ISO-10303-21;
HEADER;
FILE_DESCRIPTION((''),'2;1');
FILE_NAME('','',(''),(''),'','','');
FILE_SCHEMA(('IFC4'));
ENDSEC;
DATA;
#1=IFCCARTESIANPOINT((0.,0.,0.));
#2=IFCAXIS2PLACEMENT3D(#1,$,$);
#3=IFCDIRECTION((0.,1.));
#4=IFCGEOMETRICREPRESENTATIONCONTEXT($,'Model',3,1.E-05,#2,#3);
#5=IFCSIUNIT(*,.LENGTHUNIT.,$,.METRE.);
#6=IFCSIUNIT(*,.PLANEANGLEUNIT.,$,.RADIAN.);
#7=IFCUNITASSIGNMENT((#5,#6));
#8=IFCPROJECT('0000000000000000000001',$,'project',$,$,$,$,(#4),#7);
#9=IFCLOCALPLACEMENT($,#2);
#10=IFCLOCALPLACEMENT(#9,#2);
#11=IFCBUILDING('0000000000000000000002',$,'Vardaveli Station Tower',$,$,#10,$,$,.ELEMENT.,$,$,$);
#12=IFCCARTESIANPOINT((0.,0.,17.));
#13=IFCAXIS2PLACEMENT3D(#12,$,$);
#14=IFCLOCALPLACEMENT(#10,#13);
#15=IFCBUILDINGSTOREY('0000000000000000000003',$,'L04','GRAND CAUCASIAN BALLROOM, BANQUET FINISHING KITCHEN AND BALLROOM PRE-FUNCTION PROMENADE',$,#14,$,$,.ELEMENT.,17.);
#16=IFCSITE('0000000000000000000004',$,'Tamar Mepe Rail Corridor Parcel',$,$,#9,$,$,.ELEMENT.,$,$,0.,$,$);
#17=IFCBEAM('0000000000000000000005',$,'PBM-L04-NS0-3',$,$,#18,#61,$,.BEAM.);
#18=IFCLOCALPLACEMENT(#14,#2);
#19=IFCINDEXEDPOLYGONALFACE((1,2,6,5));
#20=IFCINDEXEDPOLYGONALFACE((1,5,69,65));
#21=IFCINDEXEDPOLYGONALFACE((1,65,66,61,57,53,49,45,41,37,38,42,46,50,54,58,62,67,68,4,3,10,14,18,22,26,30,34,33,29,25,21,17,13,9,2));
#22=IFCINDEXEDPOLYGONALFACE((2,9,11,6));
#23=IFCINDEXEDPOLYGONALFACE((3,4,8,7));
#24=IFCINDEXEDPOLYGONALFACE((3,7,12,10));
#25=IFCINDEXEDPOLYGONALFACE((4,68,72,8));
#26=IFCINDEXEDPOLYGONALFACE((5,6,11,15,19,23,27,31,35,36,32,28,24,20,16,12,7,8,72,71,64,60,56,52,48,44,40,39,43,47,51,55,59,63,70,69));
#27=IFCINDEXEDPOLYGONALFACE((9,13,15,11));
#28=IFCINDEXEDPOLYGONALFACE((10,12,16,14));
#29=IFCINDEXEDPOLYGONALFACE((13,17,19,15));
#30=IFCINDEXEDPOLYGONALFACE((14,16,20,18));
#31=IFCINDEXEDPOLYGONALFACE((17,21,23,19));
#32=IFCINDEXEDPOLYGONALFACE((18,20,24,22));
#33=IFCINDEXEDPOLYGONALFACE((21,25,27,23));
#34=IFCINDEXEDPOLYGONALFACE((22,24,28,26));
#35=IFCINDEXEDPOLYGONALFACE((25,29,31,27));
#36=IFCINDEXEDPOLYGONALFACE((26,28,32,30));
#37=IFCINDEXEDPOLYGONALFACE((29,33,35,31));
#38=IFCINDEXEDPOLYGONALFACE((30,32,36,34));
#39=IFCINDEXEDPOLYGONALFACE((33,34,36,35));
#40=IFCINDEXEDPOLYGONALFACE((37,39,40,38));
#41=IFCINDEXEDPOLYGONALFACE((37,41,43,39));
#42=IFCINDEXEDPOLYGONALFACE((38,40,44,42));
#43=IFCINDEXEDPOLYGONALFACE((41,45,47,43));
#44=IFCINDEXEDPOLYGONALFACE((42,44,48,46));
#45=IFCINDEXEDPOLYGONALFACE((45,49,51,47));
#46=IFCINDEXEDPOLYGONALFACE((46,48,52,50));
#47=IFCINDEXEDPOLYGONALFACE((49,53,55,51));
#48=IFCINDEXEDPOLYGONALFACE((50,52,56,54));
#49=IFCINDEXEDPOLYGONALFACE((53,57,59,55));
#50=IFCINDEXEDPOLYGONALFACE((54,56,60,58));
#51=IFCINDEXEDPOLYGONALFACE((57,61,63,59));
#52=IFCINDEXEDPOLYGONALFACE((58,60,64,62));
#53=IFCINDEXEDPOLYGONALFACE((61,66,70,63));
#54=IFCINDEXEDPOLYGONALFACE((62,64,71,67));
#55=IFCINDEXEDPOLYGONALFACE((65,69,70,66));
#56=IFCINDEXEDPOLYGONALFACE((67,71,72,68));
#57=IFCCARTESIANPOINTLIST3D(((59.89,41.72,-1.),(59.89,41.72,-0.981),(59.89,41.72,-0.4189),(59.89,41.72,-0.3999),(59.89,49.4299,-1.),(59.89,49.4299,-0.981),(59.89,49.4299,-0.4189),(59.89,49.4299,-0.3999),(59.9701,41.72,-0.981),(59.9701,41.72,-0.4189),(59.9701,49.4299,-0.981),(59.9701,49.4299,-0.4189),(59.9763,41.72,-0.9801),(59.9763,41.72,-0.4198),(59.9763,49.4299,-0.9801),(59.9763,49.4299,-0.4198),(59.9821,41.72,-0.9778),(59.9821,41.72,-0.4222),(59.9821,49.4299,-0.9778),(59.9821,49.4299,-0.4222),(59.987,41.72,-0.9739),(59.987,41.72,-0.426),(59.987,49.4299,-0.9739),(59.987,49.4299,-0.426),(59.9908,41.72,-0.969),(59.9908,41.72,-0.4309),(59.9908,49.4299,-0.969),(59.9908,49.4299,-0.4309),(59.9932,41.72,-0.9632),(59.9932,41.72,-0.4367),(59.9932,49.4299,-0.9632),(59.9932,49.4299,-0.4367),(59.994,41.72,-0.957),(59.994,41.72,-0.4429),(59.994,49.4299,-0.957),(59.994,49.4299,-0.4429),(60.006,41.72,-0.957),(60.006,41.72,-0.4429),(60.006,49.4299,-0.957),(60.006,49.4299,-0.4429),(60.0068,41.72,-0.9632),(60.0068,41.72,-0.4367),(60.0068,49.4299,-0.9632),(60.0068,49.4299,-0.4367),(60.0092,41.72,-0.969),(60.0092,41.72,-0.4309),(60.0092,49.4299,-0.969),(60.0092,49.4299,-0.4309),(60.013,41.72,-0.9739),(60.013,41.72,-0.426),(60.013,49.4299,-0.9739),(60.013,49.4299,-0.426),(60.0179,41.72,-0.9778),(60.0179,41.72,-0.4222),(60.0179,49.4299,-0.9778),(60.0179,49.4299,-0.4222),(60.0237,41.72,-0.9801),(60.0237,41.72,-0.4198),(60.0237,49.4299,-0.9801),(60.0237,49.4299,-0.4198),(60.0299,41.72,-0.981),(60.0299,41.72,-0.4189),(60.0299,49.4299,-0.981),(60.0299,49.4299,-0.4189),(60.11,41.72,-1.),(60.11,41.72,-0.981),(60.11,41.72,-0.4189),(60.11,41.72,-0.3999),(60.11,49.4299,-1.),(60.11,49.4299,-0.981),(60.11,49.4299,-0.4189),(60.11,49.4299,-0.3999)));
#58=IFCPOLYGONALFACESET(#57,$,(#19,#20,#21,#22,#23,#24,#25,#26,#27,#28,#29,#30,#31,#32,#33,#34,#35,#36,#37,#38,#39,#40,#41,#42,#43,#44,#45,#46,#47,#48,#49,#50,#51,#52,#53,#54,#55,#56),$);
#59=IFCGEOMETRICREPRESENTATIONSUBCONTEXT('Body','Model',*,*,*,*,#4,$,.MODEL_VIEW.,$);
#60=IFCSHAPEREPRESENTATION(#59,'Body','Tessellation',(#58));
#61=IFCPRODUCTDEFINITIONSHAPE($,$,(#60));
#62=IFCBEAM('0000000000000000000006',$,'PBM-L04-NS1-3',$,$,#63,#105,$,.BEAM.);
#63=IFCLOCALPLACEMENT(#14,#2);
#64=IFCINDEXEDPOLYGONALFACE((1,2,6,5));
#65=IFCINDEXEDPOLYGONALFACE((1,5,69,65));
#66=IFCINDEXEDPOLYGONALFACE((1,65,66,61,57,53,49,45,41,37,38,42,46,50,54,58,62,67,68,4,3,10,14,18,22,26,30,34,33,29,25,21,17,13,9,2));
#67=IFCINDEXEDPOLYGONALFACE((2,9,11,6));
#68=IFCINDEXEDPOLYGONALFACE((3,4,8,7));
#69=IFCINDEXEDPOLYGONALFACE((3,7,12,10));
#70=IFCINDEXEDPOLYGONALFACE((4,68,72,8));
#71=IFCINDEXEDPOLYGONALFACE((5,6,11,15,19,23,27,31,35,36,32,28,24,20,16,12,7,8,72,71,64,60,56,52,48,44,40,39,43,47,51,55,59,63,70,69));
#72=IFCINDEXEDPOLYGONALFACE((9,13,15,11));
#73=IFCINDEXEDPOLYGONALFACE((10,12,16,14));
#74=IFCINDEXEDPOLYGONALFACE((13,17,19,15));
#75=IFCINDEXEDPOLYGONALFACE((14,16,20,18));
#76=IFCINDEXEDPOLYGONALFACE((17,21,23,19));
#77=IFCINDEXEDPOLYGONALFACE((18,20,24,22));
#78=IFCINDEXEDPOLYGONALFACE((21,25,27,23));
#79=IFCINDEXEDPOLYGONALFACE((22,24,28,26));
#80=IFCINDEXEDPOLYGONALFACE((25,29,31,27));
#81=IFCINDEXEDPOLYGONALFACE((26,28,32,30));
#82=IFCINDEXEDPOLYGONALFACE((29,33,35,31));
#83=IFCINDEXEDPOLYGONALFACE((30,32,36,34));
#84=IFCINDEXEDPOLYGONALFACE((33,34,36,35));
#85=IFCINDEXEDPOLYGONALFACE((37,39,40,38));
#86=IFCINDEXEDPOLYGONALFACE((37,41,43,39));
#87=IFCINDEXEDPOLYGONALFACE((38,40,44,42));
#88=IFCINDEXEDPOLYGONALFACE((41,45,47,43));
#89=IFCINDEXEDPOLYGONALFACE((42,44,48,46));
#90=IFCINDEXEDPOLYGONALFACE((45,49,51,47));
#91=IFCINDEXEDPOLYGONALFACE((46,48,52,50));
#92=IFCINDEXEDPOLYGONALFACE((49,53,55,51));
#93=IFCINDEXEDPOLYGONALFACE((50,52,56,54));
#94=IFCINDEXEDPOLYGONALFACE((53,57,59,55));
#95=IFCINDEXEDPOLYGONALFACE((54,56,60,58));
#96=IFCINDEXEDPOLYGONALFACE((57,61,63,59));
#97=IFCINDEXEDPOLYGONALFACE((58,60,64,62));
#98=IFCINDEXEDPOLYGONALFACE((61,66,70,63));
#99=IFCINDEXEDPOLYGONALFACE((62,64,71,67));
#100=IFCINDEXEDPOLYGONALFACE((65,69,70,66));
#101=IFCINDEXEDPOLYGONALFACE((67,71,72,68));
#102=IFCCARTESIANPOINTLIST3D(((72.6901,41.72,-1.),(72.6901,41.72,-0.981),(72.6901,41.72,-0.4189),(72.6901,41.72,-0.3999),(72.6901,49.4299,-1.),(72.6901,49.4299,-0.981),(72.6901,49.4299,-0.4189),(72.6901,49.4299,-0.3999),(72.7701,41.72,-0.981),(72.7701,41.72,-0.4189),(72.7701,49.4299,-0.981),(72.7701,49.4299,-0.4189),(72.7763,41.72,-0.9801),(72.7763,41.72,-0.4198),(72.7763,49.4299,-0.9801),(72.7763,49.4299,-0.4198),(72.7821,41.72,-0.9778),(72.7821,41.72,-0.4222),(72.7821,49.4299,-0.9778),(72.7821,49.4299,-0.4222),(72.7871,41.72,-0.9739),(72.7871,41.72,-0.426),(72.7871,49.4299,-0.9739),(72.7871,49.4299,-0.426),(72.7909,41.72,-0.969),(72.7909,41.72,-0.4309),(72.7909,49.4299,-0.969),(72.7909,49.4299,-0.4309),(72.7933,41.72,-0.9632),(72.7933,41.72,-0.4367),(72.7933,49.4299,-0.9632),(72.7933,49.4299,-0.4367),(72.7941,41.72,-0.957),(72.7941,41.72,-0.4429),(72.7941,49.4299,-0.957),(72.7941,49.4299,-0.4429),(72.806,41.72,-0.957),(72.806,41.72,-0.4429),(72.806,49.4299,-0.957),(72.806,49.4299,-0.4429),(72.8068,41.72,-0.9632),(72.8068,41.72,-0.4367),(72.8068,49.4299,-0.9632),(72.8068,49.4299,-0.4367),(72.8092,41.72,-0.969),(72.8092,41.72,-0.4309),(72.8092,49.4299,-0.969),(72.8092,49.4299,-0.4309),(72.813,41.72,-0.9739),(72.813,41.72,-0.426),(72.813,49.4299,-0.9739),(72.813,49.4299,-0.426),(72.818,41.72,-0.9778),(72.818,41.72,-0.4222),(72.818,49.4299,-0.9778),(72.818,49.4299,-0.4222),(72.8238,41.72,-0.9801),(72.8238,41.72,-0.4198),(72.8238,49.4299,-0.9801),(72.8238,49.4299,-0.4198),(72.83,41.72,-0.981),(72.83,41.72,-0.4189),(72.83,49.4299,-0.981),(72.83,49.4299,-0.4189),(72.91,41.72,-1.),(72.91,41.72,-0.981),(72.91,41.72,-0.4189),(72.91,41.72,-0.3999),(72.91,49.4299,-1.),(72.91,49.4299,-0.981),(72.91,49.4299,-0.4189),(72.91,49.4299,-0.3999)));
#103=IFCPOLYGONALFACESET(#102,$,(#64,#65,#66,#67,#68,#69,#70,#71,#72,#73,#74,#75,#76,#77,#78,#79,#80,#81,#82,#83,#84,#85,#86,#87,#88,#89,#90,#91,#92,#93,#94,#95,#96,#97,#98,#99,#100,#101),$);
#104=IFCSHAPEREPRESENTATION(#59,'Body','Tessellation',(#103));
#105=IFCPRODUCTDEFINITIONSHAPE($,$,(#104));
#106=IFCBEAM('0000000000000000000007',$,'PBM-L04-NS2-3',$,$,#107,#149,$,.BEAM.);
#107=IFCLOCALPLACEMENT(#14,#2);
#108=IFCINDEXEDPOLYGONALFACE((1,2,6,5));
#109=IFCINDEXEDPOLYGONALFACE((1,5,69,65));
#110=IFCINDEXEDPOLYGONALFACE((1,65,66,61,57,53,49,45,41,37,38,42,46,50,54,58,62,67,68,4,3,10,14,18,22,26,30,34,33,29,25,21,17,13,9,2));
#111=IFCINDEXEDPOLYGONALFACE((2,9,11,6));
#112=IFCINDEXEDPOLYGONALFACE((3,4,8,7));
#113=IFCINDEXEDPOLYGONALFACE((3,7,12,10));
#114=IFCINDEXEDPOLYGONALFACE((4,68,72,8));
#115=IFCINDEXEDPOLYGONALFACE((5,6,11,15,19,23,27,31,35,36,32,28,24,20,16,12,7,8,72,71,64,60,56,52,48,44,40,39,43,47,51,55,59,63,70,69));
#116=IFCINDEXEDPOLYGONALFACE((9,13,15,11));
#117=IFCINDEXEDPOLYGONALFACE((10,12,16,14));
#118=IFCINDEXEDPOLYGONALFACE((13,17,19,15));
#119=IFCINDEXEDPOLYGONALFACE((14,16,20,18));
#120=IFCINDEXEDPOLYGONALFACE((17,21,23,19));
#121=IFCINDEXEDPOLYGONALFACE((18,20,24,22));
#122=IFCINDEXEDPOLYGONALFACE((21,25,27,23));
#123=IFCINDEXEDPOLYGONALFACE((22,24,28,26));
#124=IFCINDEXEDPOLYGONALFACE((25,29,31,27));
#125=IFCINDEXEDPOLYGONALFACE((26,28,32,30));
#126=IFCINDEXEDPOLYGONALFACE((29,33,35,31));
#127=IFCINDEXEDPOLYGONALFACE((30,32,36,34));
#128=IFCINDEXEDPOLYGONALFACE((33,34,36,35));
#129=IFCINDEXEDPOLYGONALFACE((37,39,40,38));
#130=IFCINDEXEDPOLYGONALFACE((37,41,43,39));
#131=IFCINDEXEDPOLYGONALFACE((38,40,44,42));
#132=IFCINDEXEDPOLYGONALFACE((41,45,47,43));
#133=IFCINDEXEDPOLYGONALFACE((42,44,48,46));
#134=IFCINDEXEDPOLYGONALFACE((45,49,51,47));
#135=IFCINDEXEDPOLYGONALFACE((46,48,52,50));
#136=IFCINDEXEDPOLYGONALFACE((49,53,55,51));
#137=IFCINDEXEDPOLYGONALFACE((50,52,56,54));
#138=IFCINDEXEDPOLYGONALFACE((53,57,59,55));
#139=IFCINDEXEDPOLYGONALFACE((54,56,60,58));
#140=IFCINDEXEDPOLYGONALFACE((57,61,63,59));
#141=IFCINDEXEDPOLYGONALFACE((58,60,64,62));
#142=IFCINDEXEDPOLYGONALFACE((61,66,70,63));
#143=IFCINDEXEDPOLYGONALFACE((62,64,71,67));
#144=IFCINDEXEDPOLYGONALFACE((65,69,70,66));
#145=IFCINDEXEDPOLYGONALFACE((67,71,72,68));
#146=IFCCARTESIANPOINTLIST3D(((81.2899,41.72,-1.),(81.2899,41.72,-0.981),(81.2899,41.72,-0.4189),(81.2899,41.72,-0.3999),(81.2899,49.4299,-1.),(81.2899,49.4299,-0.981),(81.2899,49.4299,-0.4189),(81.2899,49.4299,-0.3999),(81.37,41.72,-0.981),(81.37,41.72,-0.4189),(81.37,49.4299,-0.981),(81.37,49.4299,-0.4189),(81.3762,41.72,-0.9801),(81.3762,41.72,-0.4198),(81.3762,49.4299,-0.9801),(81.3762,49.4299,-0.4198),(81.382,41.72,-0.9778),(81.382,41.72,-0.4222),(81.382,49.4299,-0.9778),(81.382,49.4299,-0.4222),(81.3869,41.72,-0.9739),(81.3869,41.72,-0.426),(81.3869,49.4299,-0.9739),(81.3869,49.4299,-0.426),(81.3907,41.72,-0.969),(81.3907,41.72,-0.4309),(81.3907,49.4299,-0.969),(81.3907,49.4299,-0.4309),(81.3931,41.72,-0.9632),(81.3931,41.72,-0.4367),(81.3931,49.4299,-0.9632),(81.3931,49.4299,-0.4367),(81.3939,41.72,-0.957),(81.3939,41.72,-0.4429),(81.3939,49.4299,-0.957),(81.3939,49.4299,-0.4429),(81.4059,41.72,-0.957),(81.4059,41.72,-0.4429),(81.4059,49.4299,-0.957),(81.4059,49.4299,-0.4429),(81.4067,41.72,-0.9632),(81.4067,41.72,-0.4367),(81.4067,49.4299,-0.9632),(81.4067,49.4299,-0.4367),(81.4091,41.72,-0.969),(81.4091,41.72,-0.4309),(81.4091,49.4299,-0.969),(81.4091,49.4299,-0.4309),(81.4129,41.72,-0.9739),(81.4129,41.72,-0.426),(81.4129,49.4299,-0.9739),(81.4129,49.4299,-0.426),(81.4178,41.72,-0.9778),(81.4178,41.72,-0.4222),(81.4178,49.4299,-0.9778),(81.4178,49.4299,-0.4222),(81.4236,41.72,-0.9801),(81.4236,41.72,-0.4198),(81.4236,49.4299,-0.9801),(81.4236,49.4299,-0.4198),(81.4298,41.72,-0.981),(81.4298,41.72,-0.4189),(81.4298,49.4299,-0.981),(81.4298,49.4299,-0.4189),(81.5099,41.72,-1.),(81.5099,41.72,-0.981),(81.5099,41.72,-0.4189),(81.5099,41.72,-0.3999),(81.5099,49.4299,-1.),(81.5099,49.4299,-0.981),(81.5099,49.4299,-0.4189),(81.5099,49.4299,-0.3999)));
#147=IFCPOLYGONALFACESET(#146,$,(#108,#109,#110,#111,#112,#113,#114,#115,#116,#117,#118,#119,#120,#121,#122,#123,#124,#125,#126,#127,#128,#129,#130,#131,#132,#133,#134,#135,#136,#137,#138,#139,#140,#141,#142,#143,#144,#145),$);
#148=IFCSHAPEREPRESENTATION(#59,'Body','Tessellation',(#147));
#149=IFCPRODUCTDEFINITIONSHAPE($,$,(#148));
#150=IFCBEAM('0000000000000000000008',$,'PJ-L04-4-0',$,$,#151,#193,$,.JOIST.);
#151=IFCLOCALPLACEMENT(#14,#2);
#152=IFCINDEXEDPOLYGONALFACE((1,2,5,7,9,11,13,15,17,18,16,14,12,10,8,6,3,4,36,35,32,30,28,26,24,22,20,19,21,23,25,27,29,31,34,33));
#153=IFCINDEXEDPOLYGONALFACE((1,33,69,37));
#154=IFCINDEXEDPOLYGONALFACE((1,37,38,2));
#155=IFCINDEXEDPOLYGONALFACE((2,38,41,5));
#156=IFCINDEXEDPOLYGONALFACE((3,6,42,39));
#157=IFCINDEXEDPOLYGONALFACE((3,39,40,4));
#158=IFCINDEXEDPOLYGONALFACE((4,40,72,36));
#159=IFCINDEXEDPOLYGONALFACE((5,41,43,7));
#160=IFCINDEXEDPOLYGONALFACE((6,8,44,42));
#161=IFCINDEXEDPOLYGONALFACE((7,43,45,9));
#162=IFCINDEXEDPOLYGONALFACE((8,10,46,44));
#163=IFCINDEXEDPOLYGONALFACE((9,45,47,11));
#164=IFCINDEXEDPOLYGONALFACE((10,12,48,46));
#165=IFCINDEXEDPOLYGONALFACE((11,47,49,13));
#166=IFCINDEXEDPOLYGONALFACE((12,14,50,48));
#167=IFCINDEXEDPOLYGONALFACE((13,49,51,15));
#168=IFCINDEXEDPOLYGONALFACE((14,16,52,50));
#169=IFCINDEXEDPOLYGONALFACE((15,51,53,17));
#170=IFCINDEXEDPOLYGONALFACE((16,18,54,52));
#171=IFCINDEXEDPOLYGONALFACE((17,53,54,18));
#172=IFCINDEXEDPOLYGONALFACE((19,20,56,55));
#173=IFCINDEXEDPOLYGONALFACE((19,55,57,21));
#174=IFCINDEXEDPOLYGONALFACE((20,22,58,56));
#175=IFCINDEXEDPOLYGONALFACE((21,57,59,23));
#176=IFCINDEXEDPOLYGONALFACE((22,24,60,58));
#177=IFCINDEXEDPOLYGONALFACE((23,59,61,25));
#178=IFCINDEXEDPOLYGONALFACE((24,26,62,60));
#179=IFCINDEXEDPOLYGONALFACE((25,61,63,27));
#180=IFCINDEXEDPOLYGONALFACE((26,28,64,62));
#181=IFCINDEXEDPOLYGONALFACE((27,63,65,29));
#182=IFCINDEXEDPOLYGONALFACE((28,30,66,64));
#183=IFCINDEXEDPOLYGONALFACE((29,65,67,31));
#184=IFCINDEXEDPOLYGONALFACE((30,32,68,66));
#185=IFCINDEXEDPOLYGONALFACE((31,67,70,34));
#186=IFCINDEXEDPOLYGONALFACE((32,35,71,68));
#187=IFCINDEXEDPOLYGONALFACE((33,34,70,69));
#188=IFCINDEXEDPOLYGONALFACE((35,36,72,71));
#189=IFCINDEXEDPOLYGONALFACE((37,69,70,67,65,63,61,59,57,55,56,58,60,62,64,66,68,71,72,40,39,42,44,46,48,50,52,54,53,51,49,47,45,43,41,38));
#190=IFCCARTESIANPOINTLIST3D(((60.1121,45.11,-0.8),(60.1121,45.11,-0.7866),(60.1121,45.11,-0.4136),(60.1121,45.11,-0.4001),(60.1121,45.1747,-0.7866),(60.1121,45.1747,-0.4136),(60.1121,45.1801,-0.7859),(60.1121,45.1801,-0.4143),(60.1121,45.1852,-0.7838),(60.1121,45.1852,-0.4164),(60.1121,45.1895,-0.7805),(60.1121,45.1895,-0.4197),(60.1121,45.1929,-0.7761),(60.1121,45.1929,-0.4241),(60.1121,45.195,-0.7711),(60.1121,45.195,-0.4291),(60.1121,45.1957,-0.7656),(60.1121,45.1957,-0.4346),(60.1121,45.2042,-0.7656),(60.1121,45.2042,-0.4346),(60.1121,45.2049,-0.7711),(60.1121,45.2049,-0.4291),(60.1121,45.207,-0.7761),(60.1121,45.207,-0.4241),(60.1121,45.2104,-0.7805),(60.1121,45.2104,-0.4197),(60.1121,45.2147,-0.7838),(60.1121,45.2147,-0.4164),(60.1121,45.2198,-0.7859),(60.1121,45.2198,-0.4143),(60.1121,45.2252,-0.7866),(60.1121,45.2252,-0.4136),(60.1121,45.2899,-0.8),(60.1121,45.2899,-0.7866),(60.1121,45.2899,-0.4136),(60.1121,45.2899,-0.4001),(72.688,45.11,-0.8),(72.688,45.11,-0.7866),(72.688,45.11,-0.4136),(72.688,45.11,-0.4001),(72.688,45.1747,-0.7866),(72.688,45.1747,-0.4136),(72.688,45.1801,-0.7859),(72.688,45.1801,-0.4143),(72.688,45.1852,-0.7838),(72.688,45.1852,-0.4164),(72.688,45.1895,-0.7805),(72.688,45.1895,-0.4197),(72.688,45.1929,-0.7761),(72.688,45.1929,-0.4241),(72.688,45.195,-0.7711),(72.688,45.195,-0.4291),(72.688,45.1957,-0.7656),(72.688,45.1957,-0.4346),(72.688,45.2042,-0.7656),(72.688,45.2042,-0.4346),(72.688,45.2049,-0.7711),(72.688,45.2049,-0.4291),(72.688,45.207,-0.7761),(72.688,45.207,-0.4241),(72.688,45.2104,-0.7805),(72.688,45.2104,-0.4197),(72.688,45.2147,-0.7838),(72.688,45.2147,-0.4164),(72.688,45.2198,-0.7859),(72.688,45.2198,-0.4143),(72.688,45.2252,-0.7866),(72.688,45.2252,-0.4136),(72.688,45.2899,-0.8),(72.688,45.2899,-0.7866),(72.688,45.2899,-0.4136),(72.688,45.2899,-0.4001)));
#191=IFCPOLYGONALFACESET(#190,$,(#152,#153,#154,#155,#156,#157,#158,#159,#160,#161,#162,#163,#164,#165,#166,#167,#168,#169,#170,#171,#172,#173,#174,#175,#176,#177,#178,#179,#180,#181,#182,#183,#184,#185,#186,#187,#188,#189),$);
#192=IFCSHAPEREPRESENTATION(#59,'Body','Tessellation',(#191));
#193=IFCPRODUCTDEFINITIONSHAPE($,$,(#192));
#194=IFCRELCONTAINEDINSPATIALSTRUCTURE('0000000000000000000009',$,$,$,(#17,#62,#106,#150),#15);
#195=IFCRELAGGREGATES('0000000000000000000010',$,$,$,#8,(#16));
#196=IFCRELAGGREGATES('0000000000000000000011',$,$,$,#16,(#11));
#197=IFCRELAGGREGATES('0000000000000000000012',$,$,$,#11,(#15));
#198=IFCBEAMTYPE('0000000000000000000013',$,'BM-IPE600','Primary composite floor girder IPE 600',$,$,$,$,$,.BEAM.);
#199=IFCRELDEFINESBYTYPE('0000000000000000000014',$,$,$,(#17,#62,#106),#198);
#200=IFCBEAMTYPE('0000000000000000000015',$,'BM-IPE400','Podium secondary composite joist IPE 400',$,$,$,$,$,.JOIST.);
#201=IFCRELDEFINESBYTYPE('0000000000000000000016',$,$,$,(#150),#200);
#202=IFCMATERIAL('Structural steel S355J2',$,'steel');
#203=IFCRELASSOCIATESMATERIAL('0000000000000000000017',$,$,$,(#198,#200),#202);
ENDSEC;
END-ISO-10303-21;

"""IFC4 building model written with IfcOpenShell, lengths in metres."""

from ifc_helpers import new_model, si_unit, direction, frame, origin, origin_2d, place, context, subcontext, project, spatial, i_section, extrude, source, transform, mapped, material, material_profile, profile_set, type_object, element, save


model = new_model("IFC4")

# Units and contexts
model_context = context("Model", 3, precision=1e-05, world=origin(), true_north=direction((0.0, 1.0)))
body_context = subcontext(model_context, "Body", "Model", "MODEL_VIEW")
ifc_project = project(units=[si_unit("LENGTHUNIT", "METRE"), si_unit("PLANEANGLEUNIT", "RADIAN")], contexts=[model_context])

# Site, building, storey
site_placement = place(None, origin())
site = spatial("IfcSite", under=ifc_project, at=site_placement, Name="Tamar Mepe Rail Corridor Parcel", CompositionType="ELEMENT", RefElevation=0.0)
building_placement = place(site_placement, origin())
building = spatial("IfcBuilding", under=site, at=building_placement, Name="Vardaveli Station Tower", CompositionType="ELEMENT")
storey_placement = place(building_placement, frame((0.0, 0.0, 17.0)))
storey = spatial("IfcBuildingStorey", under=building, at=storey_placement, Name="L04", Description="GRAND CAUCASIAN BALLROOM, BANQUET FINISHING KITCHEN AND BALLROOM PRE-FUNCTION PROMENADE", CompositionType="ELEMENT", Elevation=17.0)

# Beams
ifc_material_1 = material(Name="Structural steel S355J2", Category="steel")
ifc_material_profile_1 = material_profile(ifc_material_1, i_section(OverallWidth=0.22, OverallDepth=0.6001, WebThickness=0.012, FlangeThickness=0.019, FilletRadius=0.0239, at=origin_2d()), Name="IPE 600")
ifc_profile_set_1 = profile_set([ifc_material_profile_1], Name="Structural steel S355J2")
beam_type_1 = type_object("IfcBeamType", Name="BM-IPE600", Description="Primary composite floor girder IPE 600", PredefinedType="BEAM", material=ifc_profile_set_1)
shared_shape_1 = source(origin(), body_context, "Body", "SweptSolid", [
    extrude(i_section(OverallWidth=0.22, OverallDepth=0.6001, WebThickness=0.012, FlangeThickness=0.019, FilletRadius=0.0239, at=origin_2d()), origin(), (0.0, 0.0, 1.0), 7.71),
])
for number, where, z_axis, x_axis, name in (
    (1, (60.0, 41.72, -0.7), (0.0, 1.0, 0.0), (-1.0, 0.0, 0.0), "PBM-L04-NS0-3"),
    (2, (72.8, 41.72, -0.7), (0.0, 1.0, 0.0), (-1.0, 0.0, 0.0), "PBM-L04-NS1-3"),
    (3, (81.3999, 41.72, -0.7), (0.0, 1.0, 0.0), (-1.0, 0.0, 0.0), "PBM-L04-NS2-3"),
):
    element("IfcBeam", number, at=place(storey_placement, frame(where, z_axis=z_axis, x_axis=x_axis)), inside=storey, type_object=beam_type_1, Name=name, PredefinedType="BEAM", context=body_context, shape_type="MappedRepresentation", body=[
        mapped(shared_shape_1, transform((0.0, 0.0, 0.0), scale=1.0)),
    ])
ifc_material_profile_2 = material_profile(ifc_material_1, i_section(OverallWidth=0.1799, OverallDepth=0.3999, WebThickness=0.0085, FlangeThickness=0.0134, FilletRadius=0.021, at=origin_2d()), Name="IPE 400")
ifc_profile_set_2 = profile_set([ifc_material_profile_2], Name="Structural steel S355J2")
beam_type_2 = type_object("IfcBeamType", Name="BM-IPE400", Description="Podium secondary composite joist IPE 400", PredefinedType="JOIST", material=ifc_profile_set_2)
shared_shape_2 = source(origin(), body_context, "Body", "SweptSolid", [
    extrude(i_section(OverallWidth=0.1799, OverallDepth=0.3999, WebThickness=0.0085, FlangeThickness=0.0134, FilletRadius=0.021, at=origin_2d()), origin(), (0.0, 0.0, 1.0), 12.5759),
])
beam_1_placement = place(storey_placement, frame((60.1121, 45.2, -0.6001), z_axis=(1.0, 0.0, 0.0), x_axis=(0.0, 1.0, 0.0)))
element("IfcBeam", 4, at=beam_1_placement, inside=storey, type_object=beam_type_2, Name="PJ-L04-4-0", PredefinedType="JOIST", context=body_context, shape_type="MappedRepresentation", body=[
    mapped(shared_shape_2, transform((0.0, 0.0, 0.0), scale=1.0)),
])

save(model, "model.ifc")
